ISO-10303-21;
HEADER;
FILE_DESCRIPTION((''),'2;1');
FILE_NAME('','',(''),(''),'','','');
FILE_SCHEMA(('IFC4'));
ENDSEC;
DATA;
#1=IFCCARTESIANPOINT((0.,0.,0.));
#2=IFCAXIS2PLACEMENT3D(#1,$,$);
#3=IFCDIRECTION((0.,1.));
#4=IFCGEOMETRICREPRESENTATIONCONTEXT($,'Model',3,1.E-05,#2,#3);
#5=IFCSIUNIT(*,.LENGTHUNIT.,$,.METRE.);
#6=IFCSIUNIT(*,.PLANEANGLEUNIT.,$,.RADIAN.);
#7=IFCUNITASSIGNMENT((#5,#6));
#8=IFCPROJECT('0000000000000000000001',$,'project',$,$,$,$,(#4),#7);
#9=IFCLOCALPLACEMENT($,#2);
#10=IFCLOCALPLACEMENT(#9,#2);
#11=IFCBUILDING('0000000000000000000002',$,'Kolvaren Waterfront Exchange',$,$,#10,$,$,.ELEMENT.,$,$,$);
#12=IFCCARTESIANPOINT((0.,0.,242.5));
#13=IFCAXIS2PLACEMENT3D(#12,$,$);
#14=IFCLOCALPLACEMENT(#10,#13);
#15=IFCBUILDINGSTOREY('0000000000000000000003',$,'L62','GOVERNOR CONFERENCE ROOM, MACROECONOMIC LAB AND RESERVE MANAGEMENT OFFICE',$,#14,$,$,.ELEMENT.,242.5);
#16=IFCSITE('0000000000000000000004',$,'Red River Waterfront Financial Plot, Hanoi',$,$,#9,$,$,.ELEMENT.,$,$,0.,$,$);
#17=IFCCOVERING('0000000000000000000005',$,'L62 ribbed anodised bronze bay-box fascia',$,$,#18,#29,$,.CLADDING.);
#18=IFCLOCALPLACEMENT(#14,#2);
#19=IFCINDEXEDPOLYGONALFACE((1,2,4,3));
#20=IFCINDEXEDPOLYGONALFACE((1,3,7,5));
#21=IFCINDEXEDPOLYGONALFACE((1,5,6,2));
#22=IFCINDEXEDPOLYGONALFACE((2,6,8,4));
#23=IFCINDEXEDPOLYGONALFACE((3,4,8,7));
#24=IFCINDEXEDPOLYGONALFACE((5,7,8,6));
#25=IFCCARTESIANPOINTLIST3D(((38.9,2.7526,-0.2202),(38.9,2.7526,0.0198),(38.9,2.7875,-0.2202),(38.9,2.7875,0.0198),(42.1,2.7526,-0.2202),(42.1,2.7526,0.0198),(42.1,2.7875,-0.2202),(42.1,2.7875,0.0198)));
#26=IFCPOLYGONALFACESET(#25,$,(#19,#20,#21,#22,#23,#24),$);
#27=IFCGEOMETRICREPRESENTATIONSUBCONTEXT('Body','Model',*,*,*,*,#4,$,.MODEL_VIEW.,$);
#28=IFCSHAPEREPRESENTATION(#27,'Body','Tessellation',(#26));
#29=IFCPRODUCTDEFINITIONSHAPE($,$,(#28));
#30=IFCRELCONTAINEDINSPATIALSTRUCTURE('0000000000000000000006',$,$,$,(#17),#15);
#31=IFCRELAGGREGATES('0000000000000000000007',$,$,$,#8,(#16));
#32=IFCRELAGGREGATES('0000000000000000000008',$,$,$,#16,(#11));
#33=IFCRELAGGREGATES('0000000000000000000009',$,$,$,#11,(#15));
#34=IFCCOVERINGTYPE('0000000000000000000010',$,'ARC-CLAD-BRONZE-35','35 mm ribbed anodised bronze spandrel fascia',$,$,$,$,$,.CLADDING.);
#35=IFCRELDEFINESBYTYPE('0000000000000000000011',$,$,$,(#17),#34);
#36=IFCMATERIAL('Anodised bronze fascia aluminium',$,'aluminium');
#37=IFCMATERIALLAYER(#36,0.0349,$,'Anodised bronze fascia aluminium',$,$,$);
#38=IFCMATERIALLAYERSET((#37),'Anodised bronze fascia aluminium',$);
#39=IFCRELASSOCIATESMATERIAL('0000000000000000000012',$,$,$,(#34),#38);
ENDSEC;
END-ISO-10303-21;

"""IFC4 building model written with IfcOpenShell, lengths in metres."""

from ifc_helpers import new_model, si_unit, direction, frame, origin, origin_2d, place, context, subcontext, project, spatial, rectangle, extrude, material, layer, layer_set, type_object, element, save


model = new_model("IFC4")

# Units and contexts
model_context = context("Model", 3, precision=1e-05, world=origin(), true_north=direction((0.0, 1.0)))
body_context = subcontext(model_context, "Body", "Model", "MODEL_VIEW")
ifc_project = project(units=[si_unit("LENGTHUNIT", "METRE"), si_unit("PLANEANGLEUNIT", "RADIAN")], contexts=[model_context])

# Site, building, storey
site_placement = place(None, origin())
site = spatial("IfcSite", under=ifc_project, at=site_placement, Name="Red River Waterfront Financial Plot, Hanoi", CompositionType="ELEMENT", RefElevation=0.0)
building_placement = place(site_placement, origin())
building = spatial("IfcBuilding", under=site, at=building_placement, Name="Kolvaren Waterfront Exchange", CompositionType="ELEMENT")
storey_placement = place(building_placement, frame((0.0, 0.0, 242.5)))
storey = spatial("IfcBuildingStorey", under=building, at=storey_placement, Name="L62", Description="GOVERNOR CONFERENCE ROOM, MACROECONOMIC LAB AND RESERVE MANAGEMENT OFFICE", CompositionType="ELEMENT", Elevation=242.5)

# Covering
ifc_material_1 = material(Name="Anodised bronze fascia aluminium", Category="aluminium")
ifc_layer_1 = layer(ifc_material_1, 0.0349, Name="Anodised bronze fascia aluminium")
ifc_layer_set_1 = layer_set([ifc_layer_1], Name="Anodised bronze fascia aluminium")
covering_type = type_object("IfcCoveringType", Name="ARC-CLAD-BRONZE-35", Description="35 mm ribbed anodised bronze spandrel fascia", PredefinedType="CLADDING", material=ifc_layer_set_1)
covering_placement = place(storey_placement, frame((40.5, 2.77, -0.2202), z_axis=(0.0, 0.0, 1.0), x_axis=(1.0, 0.0, 0.0)))
element("IfcCovering", 1, at=covering_placement, inside=storey, type_object=covering_type, Name="L62 ribbed anodised bronze bay-box fascia", PredefinedType="CLADDING", context=body_context, shape_type="SweptSolid", body=[
    extrude(rectangle(XDim=3.2, YDim=0.0349, at=origin_2d()), origin(), (0.0, 0.0, 1.0), 0.24),
])

save(model, "model.ifc")
